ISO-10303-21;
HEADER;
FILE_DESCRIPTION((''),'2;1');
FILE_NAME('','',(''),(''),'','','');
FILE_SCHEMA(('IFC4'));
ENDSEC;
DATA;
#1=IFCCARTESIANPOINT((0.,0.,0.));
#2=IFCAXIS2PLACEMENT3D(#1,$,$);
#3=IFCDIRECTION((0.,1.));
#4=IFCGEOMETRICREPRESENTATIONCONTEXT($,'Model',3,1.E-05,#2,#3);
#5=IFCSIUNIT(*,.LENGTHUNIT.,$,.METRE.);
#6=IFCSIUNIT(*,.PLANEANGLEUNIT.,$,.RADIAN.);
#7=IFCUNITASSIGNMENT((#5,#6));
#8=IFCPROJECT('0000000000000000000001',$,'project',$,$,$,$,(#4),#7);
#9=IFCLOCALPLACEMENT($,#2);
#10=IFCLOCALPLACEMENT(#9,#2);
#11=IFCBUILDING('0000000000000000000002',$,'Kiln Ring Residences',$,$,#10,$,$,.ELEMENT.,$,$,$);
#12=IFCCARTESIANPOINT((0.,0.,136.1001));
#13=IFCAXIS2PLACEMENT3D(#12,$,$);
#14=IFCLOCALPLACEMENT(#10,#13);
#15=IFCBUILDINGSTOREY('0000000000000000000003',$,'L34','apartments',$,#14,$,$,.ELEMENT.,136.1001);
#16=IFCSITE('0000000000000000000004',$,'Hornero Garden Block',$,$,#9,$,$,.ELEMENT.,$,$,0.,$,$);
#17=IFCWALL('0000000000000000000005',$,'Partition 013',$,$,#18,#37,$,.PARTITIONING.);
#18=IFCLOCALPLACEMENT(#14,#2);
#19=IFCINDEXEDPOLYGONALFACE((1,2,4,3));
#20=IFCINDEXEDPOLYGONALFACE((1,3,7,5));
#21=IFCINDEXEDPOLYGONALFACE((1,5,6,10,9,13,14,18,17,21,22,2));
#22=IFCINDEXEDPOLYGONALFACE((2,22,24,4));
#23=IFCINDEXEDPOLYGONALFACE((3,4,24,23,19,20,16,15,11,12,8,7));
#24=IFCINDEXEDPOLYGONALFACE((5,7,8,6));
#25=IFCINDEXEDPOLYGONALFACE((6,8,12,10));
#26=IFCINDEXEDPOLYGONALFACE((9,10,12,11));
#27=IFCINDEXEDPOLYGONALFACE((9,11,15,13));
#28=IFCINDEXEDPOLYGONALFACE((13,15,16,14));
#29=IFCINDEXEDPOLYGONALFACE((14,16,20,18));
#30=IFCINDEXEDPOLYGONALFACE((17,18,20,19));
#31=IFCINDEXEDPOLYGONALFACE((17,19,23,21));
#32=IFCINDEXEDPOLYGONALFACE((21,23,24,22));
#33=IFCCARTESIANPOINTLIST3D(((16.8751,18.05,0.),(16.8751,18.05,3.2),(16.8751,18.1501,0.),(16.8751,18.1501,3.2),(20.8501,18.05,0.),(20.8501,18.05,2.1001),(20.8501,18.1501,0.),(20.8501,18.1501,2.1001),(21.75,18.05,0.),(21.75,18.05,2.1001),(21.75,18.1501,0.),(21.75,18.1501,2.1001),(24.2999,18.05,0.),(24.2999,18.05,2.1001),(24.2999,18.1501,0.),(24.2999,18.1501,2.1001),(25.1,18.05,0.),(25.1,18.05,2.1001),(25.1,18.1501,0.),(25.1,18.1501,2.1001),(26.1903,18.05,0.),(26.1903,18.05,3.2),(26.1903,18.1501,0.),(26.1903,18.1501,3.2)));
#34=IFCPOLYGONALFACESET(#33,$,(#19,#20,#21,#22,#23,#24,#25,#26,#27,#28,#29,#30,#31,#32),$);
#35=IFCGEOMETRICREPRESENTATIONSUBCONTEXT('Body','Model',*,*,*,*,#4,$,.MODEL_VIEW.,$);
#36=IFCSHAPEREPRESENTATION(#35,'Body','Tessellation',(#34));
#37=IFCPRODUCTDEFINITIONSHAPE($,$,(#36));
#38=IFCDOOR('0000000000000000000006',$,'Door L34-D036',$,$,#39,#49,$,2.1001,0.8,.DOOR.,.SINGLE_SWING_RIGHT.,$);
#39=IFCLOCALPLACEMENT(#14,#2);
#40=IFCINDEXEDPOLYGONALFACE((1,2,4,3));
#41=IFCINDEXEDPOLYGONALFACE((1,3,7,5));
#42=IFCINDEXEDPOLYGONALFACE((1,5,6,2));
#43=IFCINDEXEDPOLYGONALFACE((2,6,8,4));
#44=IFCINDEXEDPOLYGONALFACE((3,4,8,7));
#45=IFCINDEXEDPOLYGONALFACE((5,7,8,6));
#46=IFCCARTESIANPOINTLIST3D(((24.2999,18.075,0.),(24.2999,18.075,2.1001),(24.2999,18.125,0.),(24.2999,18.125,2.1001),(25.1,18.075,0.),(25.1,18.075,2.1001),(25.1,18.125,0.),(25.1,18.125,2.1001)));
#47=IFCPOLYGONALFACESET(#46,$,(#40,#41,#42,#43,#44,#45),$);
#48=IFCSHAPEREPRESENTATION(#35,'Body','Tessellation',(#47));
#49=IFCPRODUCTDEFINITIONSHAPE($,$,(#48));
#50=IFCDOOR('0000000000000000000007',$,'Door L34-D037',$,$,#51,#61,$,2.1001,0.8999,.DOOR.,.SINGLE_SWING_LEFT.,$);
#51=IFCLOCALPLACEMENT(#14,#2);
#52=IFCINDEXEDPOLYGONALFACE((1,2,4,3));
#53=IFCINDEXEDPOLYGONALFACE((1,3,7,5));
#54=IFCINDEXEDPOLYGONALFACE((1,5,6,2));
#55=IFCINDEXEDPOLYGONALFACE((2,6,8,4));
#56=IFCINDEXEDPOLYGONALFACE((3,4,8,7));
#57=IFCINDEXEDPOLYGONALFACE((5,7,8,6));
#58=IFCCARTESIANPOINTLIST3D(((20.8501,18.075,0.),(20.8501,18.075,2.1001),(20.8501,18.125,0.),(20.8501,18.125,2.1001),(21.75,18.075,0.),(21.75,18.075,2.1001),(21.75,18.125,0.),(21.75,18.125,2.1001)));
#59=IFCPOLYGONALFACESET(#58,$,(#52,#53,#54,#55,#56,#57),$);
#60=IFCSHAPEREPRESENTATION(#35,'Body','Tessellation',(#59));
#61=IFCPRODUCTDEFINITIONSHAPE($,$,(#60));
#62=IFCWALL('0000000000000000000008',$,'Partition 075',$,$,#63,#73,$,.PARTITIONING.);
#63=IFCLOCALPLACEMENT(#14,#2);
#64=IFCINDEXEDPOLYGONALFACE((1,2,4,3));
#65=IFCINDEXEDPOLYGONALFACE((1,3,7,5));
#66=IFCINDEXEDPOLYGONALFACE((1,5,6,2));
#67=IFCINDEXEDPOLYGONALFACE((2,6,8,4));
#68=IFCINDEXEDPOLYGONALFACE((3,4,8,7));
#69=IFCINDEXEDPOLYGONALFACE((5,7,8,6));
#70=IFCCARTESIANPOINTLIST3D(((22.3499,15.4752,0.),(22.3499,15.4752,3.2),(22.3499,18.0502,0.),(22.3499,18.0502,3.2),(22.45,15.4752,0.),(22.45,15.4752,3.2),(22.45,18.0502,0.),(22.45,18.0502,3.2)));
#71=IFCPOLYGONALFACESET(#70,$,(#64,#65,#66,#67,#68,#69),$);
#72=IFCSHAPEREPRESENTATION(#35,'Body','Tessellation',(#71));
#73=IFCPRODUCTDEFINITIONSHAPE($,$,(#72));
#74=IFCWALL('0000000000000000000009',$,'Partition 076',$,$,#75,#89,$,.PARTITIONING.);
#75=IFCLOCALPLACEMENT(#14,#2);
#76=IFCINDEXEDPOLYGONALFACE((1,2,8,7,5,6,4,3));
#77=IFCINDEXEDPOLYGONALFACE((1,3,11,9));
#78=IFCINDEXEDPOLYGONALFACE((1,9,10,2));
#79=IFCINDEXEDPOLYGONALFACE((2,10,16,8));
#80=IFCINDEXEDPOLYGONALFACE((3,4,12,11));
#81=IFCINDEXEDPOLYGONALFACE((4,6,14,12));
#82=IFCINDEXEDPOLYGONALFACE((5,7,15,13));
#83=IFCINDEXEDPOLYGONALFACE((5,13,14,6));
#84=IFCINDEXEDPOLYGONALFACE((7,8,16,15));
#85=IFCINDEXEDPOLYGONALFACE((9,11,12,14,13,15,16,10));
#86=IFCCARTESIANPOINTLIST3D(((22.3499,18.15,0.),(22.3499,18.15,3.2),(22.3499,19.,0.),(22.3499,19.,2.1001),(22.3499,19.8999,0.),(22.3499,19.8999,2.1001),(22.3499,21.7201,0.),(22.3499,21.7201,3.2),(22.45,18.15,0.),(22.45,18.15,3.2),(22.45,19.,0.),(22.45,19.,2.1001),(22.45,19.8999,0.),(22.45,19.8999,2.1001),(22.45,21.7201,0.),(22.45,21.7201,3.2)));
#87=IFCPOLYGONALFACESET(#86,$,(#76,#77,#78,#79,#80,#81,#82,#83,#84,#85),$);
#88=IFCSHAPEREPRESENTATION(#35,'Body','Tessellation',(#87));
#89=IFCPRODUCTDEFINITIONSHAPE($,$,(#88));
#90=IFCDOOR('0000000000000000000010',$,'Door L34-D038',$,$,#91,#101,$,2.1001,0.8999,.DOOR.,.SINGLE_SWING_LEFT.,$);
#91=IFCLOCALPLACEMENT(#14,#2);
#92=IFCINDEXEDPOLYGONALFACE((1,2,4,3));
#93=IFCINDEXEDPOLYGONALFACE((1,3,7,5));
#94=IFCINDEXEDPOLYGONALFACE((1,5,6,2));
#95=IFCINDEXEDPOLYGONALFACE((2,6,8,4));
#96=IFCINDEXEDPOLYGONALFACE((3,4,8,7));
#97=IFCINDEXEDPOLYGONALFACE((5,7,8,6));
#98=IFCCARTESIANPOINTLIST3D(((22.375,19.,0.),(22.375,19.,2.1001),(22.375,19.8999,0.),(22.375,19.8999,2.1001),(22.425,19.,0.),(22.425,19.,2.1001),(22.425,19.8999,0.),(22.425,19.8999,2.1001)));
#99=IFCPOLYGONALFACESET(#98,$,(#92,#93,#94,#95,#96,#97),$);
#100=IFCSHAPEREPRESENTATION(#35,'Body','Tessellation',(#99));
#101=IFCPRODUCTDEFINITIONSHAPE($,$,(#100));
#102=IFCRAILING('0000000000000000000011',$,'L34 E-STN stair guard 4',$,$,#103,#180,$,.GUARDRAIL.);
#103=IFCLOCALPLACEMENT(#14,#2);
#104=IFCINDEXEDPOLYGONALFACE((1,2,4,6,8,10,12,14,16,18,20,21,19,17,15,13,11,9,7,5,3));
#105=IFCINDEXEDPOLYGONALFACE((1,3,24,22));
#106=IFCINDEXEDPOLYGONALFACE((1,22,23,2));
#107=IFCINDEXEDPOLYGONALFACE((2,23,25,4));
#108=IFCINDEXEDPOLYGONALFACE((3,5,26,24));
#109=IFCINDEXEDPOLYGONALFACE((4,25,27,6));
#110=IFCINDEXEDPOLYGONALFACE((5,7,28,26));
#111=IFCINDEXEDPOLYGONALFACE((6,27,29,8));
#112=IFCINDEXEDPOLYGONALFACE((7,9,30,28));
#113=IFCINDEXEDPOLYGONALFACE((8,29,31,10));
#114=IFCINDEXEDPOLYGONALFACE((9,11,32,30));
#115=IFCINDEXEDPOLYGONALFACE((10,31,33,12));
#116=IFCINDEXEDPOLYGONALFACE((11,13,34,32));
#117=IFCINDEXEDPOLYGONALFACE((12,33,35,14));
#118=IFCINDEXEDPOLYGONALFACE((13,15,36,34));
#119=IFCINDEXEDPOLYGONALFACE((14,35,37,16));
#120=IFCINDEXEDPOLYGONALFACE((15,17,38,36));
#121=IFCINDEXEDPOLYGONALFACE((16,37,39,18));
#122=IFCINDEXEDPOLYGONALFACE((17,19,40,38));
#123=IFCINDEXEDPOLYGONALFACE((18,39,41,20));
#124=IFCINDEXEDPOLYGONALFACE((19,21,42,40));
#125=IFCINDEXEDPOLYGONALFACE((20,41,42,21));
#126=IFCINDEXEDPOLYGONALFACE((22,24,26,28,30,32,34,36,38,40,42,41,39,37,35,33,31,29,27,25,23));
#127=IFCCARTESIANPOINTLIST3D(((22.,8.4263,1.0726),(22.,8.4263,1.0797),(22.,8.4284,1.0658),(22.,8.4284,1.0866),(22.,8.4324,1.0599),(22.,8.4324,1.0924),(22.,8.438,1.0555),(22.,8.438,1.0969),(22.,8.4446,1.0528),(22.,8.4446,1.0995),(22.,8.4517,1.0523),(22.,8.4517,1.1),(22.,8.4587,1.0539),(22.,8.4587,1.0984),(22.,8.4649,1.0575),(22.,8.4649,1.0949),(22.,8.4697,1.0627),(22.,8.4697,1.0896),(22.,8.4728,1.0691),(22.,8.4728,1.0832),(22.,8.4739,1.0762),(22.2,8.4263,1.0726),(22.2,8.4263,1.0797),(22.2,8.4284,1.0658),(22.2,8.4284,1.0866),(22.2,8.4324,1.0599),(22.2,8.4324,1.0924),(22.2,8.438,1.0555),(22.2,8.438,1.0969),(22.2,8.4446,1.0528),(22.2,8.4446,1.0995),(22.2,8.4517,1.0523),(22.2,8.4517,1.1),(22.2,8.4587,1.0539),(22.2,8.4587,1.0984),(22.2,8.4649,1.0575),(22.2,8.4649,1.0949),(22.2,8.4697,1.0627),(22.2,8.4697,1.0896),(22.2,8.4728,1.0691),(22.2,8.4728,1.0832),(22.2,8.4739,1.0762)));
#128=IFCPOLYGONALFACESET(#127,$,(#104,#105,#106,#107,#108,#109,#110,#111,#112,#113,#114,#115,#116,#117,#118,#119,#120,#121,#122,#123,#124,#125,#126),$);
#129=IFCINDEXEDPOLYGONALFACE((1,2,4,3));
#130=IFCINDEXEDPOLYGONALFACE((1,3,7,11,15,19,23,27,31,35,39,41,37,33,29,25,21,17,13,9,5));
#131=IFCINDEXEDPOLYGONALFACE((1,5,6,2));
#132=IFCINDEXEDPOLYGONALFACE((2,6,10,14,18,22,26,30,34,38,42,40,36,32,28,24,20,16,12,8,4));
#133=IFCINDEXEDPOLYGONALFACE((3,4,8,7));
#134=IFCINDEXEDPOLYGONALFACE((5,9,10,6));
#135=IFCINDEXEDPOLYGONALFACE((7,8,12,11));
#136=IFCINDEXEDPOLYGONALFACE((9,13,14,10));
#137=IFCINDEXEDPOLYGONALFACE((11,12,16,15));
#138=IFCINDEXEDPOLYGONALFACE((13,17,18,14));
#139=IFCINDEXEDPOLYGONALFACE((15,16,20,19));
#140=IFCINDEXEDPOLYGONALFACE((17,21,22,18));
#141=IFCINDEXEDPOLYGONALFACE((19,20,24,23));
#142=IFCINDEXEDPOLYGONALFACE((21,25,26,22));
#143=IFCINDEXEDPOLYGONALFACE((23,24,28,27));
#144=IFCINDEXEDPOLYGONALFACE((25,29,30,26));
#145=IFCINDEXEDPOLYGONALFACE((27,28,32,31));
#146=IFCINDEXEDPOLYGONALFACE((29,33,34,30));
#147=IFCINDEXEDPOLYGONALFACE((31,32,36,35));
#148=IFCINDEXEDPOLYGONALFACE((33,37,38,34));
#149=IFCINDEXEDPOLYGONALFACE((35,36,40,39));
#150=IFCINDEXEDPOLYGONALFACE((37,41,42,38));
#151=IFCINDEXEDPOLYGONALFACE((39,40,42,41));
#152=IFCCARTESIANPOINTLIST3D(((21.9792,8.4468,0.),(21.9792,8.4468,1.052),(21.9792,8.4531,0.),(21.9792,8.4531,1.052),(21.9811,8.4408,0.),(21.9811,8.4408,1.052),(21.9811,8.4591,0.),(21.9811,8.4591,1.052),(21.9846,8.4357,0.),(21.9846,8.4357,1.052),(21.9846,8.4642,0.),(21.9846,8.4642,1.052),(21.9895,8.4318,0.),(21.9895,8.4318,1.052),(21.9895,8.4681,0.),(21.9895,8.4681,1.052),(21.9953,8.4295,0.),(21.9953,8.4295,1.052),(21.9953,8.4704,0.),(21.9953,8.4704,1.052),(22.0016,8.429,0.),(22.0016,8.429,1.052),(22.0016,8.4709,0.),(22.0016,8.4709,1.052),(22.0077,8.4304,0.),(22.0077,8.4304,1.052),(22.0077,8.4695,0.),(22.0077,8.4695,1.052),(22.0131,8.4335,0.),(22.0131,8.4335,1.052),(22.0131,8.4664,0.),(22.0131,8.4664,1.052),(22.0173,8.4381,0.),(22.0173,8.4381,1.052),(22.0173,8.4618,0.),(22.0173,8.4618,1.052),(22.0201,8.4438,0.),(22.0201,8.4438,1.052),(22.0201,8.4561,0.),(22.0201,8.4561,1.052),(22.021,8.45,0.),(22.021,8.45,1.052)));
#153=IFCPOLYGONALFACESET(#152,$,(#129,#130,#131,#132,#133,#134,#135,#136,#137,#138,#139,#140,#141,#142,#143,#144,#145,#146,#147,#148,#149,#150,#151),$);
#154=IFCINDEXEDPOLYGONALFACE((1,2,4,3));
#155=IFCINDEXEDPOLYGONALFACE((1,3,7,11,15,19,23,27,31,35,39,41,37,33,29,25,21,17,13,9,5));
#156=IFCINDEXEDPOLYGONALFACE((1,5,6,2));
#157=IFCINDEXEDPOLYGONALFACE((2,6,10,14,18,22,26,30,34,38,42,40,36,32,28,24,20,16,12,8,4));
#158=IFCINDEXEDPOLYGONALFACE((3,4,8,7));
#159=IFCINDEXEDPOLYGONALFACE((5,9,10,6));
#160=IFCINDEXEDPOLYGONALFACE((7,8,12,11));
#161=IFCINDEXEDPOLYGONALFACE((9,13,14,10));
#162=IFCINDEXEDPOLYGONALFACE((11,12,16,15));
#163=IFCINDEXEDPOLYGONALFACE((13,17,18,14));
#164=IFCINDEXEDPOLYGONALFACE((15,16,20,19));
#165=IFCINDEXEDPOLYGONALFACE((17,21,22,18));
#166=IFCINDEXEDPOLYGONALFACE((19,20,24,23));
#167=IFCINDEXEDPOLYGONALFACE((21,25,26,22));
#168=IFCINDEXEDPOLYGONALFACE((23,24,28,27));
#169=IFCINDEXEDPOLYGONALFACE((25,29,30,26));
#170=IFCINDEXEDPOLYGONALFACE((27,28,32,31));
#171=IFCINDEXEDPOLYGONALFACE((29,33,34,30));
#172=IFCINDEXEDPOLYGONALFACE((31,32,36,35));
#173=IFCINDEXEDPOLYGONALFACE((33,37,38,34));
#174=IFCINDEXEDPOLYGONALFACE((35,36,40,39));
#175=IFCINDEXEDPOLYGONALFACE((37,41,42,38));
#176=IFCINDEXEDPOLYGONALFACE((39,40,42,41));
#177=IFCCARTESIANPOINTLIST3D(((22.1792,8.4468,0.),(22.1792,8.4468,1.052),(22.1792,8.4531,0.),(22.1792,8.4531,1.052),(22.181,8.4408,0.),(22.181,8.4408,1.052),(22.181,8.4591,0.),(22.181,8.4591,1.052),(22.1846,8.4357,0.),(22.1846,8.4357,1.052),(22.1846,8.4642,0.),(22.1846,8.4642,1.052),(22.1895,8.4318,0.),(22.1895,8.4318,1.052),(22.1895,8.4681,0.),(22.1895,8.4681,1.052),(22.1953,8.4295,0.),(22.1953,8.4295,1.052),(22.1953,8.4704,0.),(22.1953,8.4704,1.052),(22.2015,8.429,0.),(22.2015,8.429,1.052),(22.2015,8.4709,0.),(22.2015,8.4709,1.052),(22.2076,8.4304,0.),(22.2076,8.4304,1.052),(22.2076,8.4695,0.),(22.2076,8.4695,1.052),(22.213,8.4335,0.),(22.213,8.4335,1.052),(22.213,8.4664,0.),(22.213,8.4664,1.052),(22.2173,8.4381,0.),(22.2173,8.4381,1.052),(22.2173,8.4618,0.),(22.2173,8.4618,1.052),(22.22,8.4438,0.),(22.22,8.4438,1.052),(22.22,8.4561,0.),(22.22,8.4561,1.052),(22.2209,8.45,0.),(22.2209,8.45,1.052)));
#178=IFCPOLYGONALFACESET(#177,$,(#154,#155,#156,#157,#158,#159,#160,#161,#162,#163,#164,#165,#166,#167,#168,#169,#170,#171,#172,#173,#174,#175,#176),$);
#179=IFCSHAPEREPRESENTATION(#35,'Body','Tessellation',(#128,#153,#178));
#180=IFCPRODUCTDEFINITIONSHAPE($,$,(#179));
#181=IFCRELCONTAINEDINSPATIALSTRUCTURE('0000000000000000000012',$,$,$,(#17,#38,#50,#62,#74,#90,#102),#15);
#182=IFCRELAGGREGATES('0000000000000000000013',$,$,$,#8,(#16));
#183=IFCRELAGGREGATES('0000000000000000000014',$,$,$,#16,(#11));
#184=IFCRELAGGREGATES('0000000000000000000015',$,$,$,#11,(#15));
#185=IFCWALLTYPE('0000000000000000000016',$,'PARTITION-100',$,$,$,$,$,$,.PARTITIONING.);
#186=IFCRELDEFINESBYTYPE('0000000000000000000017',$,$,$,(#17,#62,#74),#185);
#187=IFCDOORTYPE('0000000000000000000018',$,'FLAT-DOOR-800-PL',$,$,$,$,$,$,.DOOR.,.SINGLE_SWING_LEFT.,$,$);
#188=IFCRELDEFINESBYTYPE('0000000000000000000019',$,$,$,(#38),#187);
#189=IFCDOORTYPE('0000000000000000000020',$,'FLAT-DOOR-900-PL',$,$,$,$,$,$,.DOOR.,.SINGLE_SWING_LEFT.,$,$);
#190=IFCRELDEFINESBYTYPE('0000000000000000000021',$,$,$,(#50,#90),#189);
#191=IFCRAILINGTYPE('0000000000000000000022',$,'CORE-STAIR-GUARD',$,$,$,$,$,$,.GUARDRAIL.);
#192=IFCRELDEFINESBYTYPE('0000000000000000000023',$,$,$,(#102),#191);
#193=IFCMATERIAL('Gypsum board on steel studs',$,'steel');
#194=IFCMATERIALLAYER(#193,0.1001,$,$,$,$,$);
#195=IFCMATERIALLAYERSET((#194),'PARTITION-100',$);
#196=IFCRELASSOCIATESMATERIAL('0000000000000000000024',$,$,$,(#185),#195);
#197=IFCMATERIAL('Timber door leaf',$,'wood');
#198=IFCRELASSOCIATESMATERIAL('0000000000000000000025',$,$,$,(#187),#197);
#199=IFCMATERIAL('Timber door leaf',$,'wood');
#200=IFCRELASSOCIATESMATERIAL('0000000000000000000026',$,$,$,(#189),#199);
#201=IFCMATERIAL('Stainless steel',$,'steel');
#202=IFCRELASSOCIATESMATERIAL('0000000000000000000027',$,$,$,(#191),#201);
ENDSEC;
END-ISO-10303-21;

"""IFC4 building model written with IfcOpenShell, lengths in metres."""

from ifc_helpers import new_model, si_unit, direction, frame, frame_2d, origin, origin_2d, place, context, subcontext, project, spatial, rectangle, circle, extrude, material, layer, layer_set, type_object, element, fill, save


model = new_model("IFC4")

# Units and contexts
model_context = context("Model", 3, precision=1e-05, world=origin(), true_north=direction((0.0, 1.0)))
body_context = subcontext(model_context, "Body", "Model", "MODEL_VIEW")
ifc_project = project(units=[si_unit("LENGTHUNIT", "METRE"), si_unit("PLANEANGLEUNIT", "RADIAN")], contexts=[model_context])

# Site, building, storey
site_placement = place(None, origin())
site = spatial("IfcSite", under=ifc_project, at=site_placement, Name="Hornero Garden Block", CompositionType="ELEMENT", RefElevation=0.0)
building_placement = place(site_placement, origin())
building = spatial("IfcBuilding", under=site, at=building_placement, Name="Kiln Ring Residences", CompositionType="ELEMENT")
storey_placement = place(building_placement, frame((0.0, 0.0, 136.1001)))
storey = spatial("IfcBuildingStorey", under=building, at=storey_placement, Name="L34", Description="apartments", CompositionType="ELEMENT", Elevation=136.1001)

# Wall, openings, doors
ifc_material_1 = material(Name="Gypsum board on steel studs", Category="steel")
ifc_layer_1 = layer(ifc_material_1, 0.1001)
ifc_layer_set_1 = layer_set([ifc_layer_1], Name="PARTITION-100")
wall_type_1 = type_object("IfcWallType", Name="PARTITION-100", PredefinedType="PARTITIONING", material=ifc_layer_set_1)
wall_1_placement = place(storey_placement, frame((16.875, 18.1001, 0.0), z_axis=(0.0, 0.0, 1.0), x_axis=(1.0, 0.0, 0.0)))
wall_1 = element("IfcWall", 1, at=wall_1_placement, inside=storey, type_object=wall_type_1, Name="Partition 013", PredefinedType="PARTITIONING", context=body_context, shape_type="SweptSolid", body=[
    extrude(rectangle(XDim=9.3152, YDim=0.1001, at=frame_2d((4.6577, 0.0))), origin(), (0.0, 0.0, 1.0), 3.2),
])
opening_1_placement = place(wall_1_placement, frame((7.425, 0.0, 0.0)))
opening_1 = element("IfcOpeningElement", 2, at=opening_1_placement, cuts=wall_1, PredefinedType="OPENING", context=body_context, shape_type="SweptSolid", body=[
    extrude(rectangle(XDim=0.8, YDim=2.1001, at=frame_2d((0.3999, 1.05))), frame((0.0, 0.0601, 0.0), z_axis=(0.0, -1.0, 0.0), x_axis=(1.0, 0.0, 0.0)), (0.0, 0.0, 1.0), 0.1201),
])
opening_2_placement = place(wall_1_placement, frame((3.9751, 0.0, 0.0)))
opening_2 = element("IfcOpeningElement", 3, at=opening_2_placement, cuts=wall_1, PredefinedType="OPENING", context=body_context, shape_type="SweptSolid", body=[
    extrude(rectangle(XDim=0.8999, YDim=2.1001, at=frame_2d((0.45, 1.05))), frame((0.0, 0.0601, 0.0), z_axis=(0.0, -1.0, 0.0), x_axis=(1.0, 0.0, 0.0)), (0.0, 0.0, 1.0), 0.1201),
])
ifc_material_2 = material(Name="Timber door leaf", Category="wood")
door_type_1 = type_object("IfcDoorType", Name="FLAT-DOOR-800-PL", OperationType="SINGLE_SWING_LEFT", PredefinedType="DOOR", material=ifc_material_2)
door_1_placement = place(opening_1_placement, origin())
door_1 = element("IfcDoor", 4, at=door_1_placement, inside=storey, type_object=door_type_1, Name="Door L34-D036", OperationType="SINGLE_SWING_RIGHT", OverallHeight=2.1001, OverallWidth=0.8, PredefinedType="DOOR", context=body_context, shape_type="SweptSolid", body=[
    extrude(rectangle(XDim=0.8, YDim=2.1001, at=frame_2d((0.3999, 1.05))), frame((0.0, 0.0249, 0.0), z_axis=(0.0, -1.0, 0.0), x_axis=(1.0, 0.0, 0.0)), (0.0, 0.0, 1.0), 0.05),
])
fill(opening_1, door_1)
ifc_material_3 = material(Name="Timber door leaf", Category="wood")
door_type_2 = type_object("IfcDoorType", Name="FLAT-DOOR-900-PL", OperationType="SINGLE_SWING_LEFT", PredefinedType="DOOR", material=ifc_material_3)
door_2_placement = place(opening_2_placement, origin())
door_2 = element("IfcDoor", 5, at=door_2_placement, inside=storey, type_object=door_type_2, Name="Door L34-D037", OperationType="SINGLE_SWING_LEFT", OverallHeight=2.1001, OverallWidth=0.8999, PredefinedType="DOOR", context=body_context, shape_type="SweptSolid", body=[
    extrude(rectangle(XDim=0.8999, YDim=2.1001, at=frame_2d((0.45, 1.05))), frame((0.0, 0.0249, 0.0), z_axis=(0.0, -1.0, 0.0), x_axis=(1.0, 0.0, 0.0)), (0.0, 0.0, 1.0), 0.05),
])
fill(opening_2, door_2)

# Wall
wall_2_placement = place(storey_placement, frame((22.3999, 15.4751, 0.0), z_axis=(0.0, 0.0, 1.0), x_axis=(0.0, 1.0, 0.0)))
element("IfcWall", 6, at=wall_2_placement, inside=storey, type_object=wall_type_1, Name="Partition 075", PredefinedType="PARTITIONING", context=body_context, shape_type="SweptSolid", body=[
    extrude(rectangle(XDim=2.575, YDim=0.1001, at=frame_2d((1.2876, 0.0))), origin(), (0.0, 0.0, 1.0), 3.2),
])

# Wall, opening, door
wall_3_placement = place(storey_placement, frame((22.3999, 18.1499, 0.0), z_axis=(0.0, 0.0, 1.0), x_axis=(0.0, 1.0, 0.0)))
wall_3 = element("IfcWall", 7, at=wall_3_placement, inside=storey, type_object=wall_type_1, Name="Partition 076", PredefinedType="PARTITIONING", context=body_context, shape_type="SweptSolid", body=[
    extrude(rectangle(XDim=3.5701, YDim=0.1001, at=frame_2d((1.7852, 0.0))), origin(), (0.0, 0.0, 1.0), 3.2),
])
opening_3_placement = place(wall_3_placement, frame((0.8501, 0.0, 0.0)))
opening_3 = element("IfcOpeningElement", 8, at=opening_3_placement, cuts=wall_3, PredefinedType="OPENING", context=body_context, shape_type="SweptSolid", body=[
    extrude(rectangle(XDim=0.8999, YDim=2.1001, at=frame_2d((0.45, 1.05))), frame((0.0, 0.0601, 0.0), z_axis=(0.0, -1.0, 0.0), x_axis=(1.0, 0.0, 0.0)), (0.0, 0.0, 1.0), 0.1201),
])
door_3_placement = place(opening_3_placement, origin())
door_3 = element("IfcDoor", 9, at=door_3_placement, inside=storey, type_object=door_type_2, Name="Door L34-D038", OperationType="SINGLE_SWING_LEFT", OverallHeight=2.1001, OverallWidth=0.8999, PredefinedType="DOOR", context=body_context, shape_type="SweptSolid", body=[
    extrude(rectangle(XDim=0.8999, YDim=2.1001, at=frame_2d((0.45, 1.05))), frame((0.0, 0.0249, 0.0), z_axis=(0.0, -1.0, 0.0), x_axis=(1.0, 0.0, 0.0)), (0.0, 0.0, 1.0), 0.05),
])
fill(opening_3, door_3)

# Railing
ifc_material_4 = material(Name="Stainless steel", Category="steel")
railing_type = type_object("IfcRailingType", Name="CORE-STAIR-GUARD", PredefinedType="GUARDRAIL", material=ifc_material_4)
railing_placement = place(storey_placement, frame((22.0, 8.45, 0.0)))
element("IfcRailing", 10, at=railing_placement, inside=storey, type_object=railing_type, Name="L34 E-STN stair guard 4", PredefinedType="GUARDRAIL", context=body_context, shape_type="SweptSolid", body=[
    extrude(circle(Radius=0.0239, at=origin_2d()), frame((0.0, 0.0, 1.0762), z_axis=(1.0, 0.0, 0.0), x_axis=(0.0, 1.0, 0.0)), (0.0, 0.0, 1.0), 0.2),
    extrude(circle(Radius=0.021, at=origin_2d()), origin(), (0.0, 0.0, 1.0), 1.052),
    extrude(circle(Radius=0.021, at=origin_2d()), frame((0.2, 0.0, 0.0)), (0.0, 0.0, 1.0), 1.052),
])

save(model, "model.ifc")
